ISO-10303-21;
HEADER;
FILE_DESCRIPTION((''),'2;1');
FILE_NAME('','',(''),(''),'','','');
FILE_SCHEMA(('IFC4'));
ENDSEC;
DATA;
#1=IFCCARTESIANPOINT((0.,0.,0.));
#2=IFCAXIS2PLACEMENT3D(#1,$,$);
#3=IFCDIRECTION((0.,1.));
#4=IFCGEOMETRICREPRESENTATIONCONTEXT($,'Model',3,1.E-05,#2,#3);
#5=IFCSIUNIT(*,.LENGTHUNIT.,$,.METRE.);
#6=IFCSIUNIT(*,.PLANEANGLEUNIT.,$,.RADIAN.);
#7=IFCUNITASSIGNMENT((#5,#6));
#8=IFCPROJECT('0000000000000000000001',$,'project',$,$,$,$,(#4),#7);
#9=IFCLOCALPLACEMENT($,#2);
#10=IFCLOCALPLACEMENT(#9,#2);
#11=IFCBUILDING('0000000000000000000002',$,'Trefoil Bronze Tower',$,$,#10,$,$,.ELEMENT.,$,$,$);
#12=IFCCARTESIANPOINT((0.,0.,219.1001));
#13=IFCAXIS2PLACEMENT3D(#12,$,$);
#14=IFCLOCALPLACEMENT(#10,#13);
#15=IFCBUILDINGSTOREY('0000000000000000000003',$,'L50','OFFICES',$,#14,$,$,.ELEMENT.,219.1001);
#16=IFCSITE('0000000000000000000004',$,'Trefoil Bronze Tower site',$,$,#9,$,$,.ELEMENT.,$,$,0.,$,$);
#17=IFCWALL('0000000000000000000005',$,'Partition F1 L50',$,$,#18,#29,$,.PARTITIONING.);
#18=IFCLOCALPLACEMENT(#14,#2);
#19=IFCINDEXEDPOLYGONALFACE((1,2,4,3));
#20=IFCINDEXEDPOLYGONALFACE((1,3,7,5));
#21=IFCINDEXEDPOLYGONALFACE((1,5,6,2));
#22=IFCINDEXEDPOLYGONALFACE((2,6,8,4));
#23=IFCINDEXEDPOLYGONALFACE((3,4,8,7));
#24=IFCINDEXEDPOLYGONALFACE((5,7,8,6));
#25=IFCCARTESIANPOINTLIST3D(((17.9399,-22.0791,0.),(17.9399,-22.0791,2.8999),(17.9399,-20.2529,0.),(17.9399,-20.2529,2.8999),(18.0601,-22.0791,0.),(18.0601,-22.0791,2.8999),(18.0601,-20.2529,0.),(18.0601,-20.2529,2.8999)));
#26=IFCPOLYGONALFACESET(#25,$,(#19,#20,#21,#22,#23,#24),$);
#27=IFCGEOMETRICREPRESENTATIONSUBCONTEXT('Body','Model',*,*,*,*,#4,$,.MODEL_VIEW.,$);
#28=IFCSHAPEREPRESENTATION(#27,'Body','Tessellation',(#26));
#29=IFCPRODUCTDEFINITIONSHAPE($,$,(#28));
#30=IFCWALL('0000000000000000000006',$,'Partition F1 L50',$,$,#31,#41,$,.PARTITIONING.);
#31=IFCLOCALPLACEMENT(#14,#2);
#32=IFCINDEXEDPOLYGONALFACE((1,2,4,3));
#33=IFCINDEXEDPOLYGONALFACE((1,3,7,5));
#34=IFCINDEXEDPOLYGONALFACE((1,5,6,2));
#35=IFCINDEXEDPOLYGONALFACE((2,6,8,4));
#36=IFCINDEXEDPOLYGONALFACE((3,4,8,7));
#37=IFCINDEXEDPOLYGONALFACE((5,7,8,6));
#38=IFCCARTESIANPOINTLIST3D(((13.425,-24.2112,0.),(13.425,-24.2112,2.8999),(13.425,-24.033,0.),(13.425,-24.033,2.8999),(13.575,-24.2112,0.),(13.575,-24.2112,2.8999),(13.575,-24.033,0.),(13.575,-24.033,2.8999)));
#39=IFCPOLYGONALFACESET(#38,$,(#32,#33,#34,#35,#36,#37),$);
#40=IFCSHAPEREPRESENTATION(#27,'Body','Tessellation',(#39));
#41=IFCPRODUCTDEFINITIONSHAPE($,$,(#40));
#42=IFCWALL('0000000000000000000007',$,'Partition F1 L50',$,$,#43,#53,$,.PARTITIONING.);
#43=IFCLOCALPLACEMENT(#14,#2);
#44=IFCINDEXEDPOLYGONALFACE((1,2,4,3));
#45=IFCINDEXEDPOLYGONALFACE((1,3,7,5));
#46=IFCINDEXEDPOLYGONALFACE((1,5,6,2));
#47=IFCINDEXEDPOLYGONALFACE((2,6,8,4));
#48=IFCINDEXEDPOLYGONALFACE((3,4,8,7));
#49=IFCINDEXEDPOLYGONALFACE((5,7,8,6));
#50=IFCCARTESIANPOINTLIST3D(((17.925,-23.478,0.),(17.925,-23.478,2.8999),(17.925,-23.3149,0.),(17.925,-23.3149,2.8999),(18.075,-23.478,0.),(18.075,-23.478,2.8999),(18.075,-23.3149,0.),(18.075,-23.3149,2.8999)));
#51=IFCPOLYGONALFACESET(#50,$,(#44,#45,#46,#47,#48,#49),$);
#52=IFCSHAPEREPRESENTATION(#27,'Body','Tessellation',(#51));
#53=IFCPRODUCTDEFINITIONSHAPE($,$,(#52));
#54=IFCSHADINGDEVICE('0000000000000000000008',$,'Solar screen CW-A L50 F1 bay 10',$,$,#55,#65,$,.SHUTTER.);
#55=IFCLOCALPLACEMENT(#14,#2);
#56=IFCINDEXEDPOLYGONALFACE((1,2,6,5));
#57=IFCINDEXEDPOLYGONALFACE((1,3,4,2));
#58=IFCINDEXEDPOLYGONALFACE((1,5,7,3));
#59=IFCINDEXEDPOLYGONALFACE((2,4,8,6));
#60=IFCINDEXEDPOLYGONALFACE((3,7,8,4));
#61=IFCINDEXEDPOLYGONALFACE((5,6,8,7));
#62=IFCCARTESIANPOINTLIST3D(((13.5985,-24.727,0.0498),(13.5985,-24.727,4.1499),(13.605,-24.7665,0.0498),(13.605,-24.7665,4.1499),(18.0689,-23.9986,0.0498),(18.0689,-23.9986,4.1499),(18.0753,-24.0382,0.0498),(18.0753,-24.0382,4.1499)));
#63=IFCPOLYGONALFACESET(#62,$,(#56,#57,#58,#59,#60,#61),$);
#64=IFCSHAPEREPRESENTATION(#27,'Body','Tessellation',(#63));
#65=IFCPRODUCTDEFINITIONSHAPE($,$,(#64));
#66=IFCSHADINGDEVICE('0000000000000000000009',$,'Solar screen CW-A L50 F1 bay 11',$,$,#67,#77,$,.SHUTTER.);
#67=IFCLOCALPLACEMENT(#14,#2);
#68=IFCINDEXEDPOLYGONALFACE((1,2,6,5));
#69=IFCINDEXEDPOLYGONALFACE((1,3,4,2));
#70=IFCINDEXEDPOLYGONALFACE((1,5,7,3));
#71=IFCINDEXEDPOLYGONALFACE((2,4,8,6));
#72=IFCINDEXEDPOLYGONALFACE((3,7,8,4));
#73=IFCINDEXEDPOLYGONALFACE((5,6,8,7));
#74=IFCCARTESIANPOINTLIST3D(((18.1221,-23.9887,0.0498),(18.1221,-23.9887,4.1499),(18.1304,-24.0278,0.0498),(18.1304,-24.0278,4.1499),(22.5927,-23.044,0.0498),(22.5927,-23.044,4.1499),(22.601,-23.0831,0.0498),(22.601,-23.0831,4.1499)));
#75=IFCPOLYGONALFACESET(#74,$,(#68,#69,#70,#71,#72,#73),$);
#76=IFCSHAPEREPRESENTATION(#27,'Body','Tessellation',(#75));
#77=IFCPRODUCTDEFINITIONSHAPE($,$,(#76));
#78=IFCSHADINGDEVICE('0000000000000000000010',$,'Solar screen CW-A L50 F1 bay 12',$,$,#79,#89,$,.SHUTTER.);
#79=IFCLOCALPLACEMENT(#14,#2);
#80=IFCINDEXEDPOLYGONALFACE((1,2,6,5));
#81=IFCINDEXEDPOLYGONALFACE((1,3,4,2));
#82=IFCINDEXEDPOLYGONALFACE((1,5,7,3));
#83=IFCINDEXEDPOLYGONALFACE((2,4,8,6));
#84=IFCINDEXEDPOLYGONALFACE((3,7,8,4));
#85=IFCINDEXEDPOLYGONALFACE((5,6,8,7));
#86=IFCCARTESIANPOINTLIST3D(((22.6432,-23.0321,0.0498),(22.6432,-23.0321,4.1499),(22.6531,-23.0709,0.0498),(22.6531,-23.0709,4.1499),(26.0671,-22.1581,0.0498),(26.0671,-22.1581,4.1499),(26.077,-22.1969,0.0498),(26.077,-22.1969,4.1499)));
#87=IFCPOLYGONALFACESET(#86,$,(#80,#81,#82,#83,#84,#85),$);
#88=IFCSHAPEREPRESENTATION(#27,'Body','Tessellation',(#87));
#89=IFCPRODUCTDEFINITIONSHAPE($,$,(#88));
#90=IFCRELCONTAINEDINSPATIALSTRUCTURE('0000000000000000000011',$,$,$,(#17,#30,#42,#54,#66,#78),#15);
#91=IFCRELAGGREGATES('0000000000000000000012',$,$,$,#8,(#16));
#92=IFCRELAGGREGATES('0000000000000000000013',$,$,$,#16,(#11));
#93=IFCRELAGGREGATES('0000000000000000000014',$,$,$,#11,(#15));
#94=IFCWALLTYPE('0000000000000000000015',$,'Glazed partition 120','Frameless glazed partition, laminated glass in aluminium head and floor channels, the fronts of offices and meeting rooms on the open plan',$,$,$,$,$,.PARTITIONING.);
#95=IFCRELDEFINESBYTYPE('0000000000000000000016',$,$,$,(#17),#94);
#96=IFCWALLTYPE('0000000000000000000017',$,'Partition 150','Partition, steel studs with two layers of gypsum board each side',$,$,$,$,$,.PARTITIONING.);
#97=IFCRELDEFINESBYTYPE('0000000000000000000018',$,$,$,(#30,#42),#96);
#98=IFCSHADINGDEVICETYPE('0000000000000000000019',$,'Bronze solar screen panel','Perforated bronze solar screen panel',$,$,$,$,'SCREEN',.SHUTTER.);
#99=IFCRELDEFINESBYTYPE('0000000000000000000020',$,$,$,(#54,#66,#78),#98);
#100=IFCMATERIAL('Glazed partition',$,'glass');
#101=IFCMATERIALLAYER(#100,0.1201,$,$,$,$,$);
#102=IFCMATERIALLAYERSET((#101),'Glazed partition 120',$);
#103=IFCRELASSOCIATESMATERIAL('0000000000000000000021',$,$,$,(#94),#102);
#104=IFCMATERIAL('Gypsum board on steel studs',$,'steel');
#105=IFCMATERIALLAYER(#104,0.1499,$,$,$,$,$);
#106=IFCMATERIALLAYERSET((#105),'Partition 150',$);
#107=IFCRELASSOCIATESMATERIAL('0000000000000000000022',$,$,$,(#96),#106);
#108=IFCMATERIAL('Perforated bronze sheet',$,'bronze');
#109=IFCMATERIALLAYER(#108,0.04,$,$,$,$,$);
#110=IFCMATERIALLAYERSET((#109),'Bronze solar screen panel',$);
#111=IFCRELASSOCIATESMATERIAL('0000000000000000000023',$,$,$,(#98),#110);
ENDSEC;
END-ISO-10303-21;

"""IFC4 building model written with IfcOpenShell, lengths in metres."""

from ifc_helpers import new_model, si_unit, direction, frame, frame_2d, origin, origin_2d, place, context, subcontext, project, spatial, rectangle, extrude, material, layer, layer_set, type_object, element, save


model = new_model("IFC4")

# Units and contexts
model_context = context("Model", 3, precision=1e-05, world=origin(), true_north=direction((0.0, 1.0)))
body_context = subcontext(model_context, "Body", "Model", "MODEL_VIEW")
ifc_project = project(units=[si_unit("LENGTHUNIT", "METRE"), si_unit("PLANEANGLEUNIT", "RADIAN")], contexts=[model_context])

# Site, building, storey
site_placement = place(None, origin())
site = spatial("IfcSite", under=ifc_project, at=site_placement, Name="Trefoil Bronze Tower site", CompositionType="ELEMENT", RefElevation=0.0)
building_placement = place(site_placement, origin())
building = spatial("IfcBuilding", under=site, at=building_placement, Name="Trefoil Bronze Tower", CompositionType="ELEMENT")
storey_placement = place(building_placement, frame((0.0, 0.0, 219.1001)))
storey = spatial("IfcBuildingStorey", under=building, at=storey_placement, Name="L50", Description="OFFICES", CompositionType="ELEMENT", Elevation=219.1001)

# Shared definitions
ifc_material_1 = material(Name="Glazed partition", Category="glass")
ifc_layer_1 = layer(ifc_material_1, 0.1201)
ifc_layer_set_1 = layer_set([ifc_layer_1], Name="Glazed partition 120")
wall_type_1 = type_object("IfcWallType", Name="Glazed partition 120", Description="Frameless glazed partition, laminated glass in aluminium head and floor channels, the fronts of offices and meeting rooms on the open plan", PredefinedType="PARTITIONING", material=ifc_layer_set_1)

# Walls
wall_1_placement = place(storey_placement, frame((18.0, -20.2529, 0.0), z_axis=(0.0, 0.0, 1.0), x_axis=(0.0, -1.0, 0.0)))
element("IfcWall", 1, at=wall_1_placement, inside=storey, type_object=wall_type_1, Name="Partition F1 L50", PredefinedType="PARTITIONING", context=body_context, shape_type="SweptSolid", body=[
    extrude(rectangle(XDim=1.8262, YDim=0.1201, at=frame_2d((0.9131, 0.0))), origin(), (0.0, 0.0, 1.0), 2.8999),
])
ifc_material_2 = material(Name="Gypsum board on steel studs", Category="steel")
ifc_layer_2 = layer(ifc_material_2, 0.1499)
ifc_layer_set_2 = layer_set([ifc_layer_2], Name="Partition 150")
wall_type_2 = type_object("IfcWallType", Name="Partition 150", Description="Partition, steel studs with two layers of gypsum board each side", PredefinedType="PARTITIONING", material=ifc_layer_set_2)
wall_2_placement = place(storey_placement, frame((13.5, -24.033, 0.0), z_axis=(0.0, 0.0, 1.0), x_axis=(0.0, -1.0, 0.0)))
element("IfcWall", 2, at=wall_2_placement, inside=storey, type_object=wall_type_2, Name="Partition F1 L50", PredefinedType="PARTITIONING", context=body_context, shape_type="SweptSolid", body=[
    extrude(rectangle(XDim=0.1782, YDim=0.1499, at=frame_2d((0.0891, 0.0))), origin(), (0.0, 0.0, 1.0), 2.8999),
])
wall_3_placement = place(storey_placement, frame((18.0, -23.3149, 0.0), z_axis=(0.0, 0.0, 1.0), x_axis=(0.0, -1.0, 0.0)))
element("IfcWall", 3, at=wall_3_placement, inside=storey, type_object=wall_type_2, Name="Partition F1 L50", PredefinedType="PARTITIONING", context=body_context, shape_type="SweptSolid", body=[
    extrude(rectangle(XDim=0.1631, YDim=0.1499, at=frame_2d((0.0815, 0.0))), origin(), (0.0, 0.0, 1.0), 2.8999),
])

# Shading devices
ifc_material_3 = material(Name="Perforated bronze sheet", Category="bronze")
ifc_layer_3 = layer(ifc_material_3, 0.04)
ifc_layer_set_3 = layer_set([ifc_layer_3], Name="Bronze solar screen panel")
shading_device_type = type_object("IfcShadingDeviceType", Name="Bronze solar screen panel", Description="Perforated bronze solar screen panel", ElementType="SCREEN", PredefinedType="SHUTTER", material=ifc_layer_set_3)
shading_device_1_placement = place(storey_placement, frame((15.8369, -24.3826, 0.0498), z_axis=(0.0, 0.0, 1.0), x_axis=(0.986987, 0.160803, 0.0)))
element("IfcShadingDevice", 4, at=shading_device_1_placement, inside=storey, type_object=shading_device_type, Name="Solar screen CW-A L50 F1 bay 10", PredefinedType="SHUTTER", context=body_context, shape_type="SweptSolid", body=[
    extrude(rectangle(XDim=4.5293, YDim=0.04, at=origin_2d()), origin(), (0.0, 0.0, 1.0), 4.1001),
])
shading_device_2_placement = place(storey_placement, frame((20.3616, -23.5359, 0.0498), z_axis=(0.0, 0.0, 1.0), x_axis=(0.978394, 0.206747, 0.0)))
element("IfcShadingDevice", 5, at=shading_device_2_placement, inside=storey, type_object=shading_device_type, Name="Solar screen CW-A L50 F1 bay 11", PredefinedType="SHUTTER", context=body_context, shape_type="SweptSolid", body=[
    extrude(rectangle(XDim=4.5693, YDim=0.04, at=origin_2d()), origin(), (0.0, 0.0, 1.0), 4.1001),
])
shading_device_3_placement = place(storey_placement, frame((24.3601, -22.6145, 0.0498), z_axis=(0.0, 0.0, 1.0), x_axis=(0.968934, 0.247319, 0.0)))
element("IfcShadingDevice", 6, at=shading_device_3_placement, inside=storey, type_object=shading_device_type, Name="Solar screen CW-A L50 F1 bay 12", PredefinedType="SHUTTER", context=body_context, shape_type="SweptSolid", body=[
    extrude(rectangle(XDim=3.5337, YDim=0.04, at=origin_2d()), origin(), (0.0, 0.0, 1.0), 4.1001),
])

save(model, "model.ifc")
